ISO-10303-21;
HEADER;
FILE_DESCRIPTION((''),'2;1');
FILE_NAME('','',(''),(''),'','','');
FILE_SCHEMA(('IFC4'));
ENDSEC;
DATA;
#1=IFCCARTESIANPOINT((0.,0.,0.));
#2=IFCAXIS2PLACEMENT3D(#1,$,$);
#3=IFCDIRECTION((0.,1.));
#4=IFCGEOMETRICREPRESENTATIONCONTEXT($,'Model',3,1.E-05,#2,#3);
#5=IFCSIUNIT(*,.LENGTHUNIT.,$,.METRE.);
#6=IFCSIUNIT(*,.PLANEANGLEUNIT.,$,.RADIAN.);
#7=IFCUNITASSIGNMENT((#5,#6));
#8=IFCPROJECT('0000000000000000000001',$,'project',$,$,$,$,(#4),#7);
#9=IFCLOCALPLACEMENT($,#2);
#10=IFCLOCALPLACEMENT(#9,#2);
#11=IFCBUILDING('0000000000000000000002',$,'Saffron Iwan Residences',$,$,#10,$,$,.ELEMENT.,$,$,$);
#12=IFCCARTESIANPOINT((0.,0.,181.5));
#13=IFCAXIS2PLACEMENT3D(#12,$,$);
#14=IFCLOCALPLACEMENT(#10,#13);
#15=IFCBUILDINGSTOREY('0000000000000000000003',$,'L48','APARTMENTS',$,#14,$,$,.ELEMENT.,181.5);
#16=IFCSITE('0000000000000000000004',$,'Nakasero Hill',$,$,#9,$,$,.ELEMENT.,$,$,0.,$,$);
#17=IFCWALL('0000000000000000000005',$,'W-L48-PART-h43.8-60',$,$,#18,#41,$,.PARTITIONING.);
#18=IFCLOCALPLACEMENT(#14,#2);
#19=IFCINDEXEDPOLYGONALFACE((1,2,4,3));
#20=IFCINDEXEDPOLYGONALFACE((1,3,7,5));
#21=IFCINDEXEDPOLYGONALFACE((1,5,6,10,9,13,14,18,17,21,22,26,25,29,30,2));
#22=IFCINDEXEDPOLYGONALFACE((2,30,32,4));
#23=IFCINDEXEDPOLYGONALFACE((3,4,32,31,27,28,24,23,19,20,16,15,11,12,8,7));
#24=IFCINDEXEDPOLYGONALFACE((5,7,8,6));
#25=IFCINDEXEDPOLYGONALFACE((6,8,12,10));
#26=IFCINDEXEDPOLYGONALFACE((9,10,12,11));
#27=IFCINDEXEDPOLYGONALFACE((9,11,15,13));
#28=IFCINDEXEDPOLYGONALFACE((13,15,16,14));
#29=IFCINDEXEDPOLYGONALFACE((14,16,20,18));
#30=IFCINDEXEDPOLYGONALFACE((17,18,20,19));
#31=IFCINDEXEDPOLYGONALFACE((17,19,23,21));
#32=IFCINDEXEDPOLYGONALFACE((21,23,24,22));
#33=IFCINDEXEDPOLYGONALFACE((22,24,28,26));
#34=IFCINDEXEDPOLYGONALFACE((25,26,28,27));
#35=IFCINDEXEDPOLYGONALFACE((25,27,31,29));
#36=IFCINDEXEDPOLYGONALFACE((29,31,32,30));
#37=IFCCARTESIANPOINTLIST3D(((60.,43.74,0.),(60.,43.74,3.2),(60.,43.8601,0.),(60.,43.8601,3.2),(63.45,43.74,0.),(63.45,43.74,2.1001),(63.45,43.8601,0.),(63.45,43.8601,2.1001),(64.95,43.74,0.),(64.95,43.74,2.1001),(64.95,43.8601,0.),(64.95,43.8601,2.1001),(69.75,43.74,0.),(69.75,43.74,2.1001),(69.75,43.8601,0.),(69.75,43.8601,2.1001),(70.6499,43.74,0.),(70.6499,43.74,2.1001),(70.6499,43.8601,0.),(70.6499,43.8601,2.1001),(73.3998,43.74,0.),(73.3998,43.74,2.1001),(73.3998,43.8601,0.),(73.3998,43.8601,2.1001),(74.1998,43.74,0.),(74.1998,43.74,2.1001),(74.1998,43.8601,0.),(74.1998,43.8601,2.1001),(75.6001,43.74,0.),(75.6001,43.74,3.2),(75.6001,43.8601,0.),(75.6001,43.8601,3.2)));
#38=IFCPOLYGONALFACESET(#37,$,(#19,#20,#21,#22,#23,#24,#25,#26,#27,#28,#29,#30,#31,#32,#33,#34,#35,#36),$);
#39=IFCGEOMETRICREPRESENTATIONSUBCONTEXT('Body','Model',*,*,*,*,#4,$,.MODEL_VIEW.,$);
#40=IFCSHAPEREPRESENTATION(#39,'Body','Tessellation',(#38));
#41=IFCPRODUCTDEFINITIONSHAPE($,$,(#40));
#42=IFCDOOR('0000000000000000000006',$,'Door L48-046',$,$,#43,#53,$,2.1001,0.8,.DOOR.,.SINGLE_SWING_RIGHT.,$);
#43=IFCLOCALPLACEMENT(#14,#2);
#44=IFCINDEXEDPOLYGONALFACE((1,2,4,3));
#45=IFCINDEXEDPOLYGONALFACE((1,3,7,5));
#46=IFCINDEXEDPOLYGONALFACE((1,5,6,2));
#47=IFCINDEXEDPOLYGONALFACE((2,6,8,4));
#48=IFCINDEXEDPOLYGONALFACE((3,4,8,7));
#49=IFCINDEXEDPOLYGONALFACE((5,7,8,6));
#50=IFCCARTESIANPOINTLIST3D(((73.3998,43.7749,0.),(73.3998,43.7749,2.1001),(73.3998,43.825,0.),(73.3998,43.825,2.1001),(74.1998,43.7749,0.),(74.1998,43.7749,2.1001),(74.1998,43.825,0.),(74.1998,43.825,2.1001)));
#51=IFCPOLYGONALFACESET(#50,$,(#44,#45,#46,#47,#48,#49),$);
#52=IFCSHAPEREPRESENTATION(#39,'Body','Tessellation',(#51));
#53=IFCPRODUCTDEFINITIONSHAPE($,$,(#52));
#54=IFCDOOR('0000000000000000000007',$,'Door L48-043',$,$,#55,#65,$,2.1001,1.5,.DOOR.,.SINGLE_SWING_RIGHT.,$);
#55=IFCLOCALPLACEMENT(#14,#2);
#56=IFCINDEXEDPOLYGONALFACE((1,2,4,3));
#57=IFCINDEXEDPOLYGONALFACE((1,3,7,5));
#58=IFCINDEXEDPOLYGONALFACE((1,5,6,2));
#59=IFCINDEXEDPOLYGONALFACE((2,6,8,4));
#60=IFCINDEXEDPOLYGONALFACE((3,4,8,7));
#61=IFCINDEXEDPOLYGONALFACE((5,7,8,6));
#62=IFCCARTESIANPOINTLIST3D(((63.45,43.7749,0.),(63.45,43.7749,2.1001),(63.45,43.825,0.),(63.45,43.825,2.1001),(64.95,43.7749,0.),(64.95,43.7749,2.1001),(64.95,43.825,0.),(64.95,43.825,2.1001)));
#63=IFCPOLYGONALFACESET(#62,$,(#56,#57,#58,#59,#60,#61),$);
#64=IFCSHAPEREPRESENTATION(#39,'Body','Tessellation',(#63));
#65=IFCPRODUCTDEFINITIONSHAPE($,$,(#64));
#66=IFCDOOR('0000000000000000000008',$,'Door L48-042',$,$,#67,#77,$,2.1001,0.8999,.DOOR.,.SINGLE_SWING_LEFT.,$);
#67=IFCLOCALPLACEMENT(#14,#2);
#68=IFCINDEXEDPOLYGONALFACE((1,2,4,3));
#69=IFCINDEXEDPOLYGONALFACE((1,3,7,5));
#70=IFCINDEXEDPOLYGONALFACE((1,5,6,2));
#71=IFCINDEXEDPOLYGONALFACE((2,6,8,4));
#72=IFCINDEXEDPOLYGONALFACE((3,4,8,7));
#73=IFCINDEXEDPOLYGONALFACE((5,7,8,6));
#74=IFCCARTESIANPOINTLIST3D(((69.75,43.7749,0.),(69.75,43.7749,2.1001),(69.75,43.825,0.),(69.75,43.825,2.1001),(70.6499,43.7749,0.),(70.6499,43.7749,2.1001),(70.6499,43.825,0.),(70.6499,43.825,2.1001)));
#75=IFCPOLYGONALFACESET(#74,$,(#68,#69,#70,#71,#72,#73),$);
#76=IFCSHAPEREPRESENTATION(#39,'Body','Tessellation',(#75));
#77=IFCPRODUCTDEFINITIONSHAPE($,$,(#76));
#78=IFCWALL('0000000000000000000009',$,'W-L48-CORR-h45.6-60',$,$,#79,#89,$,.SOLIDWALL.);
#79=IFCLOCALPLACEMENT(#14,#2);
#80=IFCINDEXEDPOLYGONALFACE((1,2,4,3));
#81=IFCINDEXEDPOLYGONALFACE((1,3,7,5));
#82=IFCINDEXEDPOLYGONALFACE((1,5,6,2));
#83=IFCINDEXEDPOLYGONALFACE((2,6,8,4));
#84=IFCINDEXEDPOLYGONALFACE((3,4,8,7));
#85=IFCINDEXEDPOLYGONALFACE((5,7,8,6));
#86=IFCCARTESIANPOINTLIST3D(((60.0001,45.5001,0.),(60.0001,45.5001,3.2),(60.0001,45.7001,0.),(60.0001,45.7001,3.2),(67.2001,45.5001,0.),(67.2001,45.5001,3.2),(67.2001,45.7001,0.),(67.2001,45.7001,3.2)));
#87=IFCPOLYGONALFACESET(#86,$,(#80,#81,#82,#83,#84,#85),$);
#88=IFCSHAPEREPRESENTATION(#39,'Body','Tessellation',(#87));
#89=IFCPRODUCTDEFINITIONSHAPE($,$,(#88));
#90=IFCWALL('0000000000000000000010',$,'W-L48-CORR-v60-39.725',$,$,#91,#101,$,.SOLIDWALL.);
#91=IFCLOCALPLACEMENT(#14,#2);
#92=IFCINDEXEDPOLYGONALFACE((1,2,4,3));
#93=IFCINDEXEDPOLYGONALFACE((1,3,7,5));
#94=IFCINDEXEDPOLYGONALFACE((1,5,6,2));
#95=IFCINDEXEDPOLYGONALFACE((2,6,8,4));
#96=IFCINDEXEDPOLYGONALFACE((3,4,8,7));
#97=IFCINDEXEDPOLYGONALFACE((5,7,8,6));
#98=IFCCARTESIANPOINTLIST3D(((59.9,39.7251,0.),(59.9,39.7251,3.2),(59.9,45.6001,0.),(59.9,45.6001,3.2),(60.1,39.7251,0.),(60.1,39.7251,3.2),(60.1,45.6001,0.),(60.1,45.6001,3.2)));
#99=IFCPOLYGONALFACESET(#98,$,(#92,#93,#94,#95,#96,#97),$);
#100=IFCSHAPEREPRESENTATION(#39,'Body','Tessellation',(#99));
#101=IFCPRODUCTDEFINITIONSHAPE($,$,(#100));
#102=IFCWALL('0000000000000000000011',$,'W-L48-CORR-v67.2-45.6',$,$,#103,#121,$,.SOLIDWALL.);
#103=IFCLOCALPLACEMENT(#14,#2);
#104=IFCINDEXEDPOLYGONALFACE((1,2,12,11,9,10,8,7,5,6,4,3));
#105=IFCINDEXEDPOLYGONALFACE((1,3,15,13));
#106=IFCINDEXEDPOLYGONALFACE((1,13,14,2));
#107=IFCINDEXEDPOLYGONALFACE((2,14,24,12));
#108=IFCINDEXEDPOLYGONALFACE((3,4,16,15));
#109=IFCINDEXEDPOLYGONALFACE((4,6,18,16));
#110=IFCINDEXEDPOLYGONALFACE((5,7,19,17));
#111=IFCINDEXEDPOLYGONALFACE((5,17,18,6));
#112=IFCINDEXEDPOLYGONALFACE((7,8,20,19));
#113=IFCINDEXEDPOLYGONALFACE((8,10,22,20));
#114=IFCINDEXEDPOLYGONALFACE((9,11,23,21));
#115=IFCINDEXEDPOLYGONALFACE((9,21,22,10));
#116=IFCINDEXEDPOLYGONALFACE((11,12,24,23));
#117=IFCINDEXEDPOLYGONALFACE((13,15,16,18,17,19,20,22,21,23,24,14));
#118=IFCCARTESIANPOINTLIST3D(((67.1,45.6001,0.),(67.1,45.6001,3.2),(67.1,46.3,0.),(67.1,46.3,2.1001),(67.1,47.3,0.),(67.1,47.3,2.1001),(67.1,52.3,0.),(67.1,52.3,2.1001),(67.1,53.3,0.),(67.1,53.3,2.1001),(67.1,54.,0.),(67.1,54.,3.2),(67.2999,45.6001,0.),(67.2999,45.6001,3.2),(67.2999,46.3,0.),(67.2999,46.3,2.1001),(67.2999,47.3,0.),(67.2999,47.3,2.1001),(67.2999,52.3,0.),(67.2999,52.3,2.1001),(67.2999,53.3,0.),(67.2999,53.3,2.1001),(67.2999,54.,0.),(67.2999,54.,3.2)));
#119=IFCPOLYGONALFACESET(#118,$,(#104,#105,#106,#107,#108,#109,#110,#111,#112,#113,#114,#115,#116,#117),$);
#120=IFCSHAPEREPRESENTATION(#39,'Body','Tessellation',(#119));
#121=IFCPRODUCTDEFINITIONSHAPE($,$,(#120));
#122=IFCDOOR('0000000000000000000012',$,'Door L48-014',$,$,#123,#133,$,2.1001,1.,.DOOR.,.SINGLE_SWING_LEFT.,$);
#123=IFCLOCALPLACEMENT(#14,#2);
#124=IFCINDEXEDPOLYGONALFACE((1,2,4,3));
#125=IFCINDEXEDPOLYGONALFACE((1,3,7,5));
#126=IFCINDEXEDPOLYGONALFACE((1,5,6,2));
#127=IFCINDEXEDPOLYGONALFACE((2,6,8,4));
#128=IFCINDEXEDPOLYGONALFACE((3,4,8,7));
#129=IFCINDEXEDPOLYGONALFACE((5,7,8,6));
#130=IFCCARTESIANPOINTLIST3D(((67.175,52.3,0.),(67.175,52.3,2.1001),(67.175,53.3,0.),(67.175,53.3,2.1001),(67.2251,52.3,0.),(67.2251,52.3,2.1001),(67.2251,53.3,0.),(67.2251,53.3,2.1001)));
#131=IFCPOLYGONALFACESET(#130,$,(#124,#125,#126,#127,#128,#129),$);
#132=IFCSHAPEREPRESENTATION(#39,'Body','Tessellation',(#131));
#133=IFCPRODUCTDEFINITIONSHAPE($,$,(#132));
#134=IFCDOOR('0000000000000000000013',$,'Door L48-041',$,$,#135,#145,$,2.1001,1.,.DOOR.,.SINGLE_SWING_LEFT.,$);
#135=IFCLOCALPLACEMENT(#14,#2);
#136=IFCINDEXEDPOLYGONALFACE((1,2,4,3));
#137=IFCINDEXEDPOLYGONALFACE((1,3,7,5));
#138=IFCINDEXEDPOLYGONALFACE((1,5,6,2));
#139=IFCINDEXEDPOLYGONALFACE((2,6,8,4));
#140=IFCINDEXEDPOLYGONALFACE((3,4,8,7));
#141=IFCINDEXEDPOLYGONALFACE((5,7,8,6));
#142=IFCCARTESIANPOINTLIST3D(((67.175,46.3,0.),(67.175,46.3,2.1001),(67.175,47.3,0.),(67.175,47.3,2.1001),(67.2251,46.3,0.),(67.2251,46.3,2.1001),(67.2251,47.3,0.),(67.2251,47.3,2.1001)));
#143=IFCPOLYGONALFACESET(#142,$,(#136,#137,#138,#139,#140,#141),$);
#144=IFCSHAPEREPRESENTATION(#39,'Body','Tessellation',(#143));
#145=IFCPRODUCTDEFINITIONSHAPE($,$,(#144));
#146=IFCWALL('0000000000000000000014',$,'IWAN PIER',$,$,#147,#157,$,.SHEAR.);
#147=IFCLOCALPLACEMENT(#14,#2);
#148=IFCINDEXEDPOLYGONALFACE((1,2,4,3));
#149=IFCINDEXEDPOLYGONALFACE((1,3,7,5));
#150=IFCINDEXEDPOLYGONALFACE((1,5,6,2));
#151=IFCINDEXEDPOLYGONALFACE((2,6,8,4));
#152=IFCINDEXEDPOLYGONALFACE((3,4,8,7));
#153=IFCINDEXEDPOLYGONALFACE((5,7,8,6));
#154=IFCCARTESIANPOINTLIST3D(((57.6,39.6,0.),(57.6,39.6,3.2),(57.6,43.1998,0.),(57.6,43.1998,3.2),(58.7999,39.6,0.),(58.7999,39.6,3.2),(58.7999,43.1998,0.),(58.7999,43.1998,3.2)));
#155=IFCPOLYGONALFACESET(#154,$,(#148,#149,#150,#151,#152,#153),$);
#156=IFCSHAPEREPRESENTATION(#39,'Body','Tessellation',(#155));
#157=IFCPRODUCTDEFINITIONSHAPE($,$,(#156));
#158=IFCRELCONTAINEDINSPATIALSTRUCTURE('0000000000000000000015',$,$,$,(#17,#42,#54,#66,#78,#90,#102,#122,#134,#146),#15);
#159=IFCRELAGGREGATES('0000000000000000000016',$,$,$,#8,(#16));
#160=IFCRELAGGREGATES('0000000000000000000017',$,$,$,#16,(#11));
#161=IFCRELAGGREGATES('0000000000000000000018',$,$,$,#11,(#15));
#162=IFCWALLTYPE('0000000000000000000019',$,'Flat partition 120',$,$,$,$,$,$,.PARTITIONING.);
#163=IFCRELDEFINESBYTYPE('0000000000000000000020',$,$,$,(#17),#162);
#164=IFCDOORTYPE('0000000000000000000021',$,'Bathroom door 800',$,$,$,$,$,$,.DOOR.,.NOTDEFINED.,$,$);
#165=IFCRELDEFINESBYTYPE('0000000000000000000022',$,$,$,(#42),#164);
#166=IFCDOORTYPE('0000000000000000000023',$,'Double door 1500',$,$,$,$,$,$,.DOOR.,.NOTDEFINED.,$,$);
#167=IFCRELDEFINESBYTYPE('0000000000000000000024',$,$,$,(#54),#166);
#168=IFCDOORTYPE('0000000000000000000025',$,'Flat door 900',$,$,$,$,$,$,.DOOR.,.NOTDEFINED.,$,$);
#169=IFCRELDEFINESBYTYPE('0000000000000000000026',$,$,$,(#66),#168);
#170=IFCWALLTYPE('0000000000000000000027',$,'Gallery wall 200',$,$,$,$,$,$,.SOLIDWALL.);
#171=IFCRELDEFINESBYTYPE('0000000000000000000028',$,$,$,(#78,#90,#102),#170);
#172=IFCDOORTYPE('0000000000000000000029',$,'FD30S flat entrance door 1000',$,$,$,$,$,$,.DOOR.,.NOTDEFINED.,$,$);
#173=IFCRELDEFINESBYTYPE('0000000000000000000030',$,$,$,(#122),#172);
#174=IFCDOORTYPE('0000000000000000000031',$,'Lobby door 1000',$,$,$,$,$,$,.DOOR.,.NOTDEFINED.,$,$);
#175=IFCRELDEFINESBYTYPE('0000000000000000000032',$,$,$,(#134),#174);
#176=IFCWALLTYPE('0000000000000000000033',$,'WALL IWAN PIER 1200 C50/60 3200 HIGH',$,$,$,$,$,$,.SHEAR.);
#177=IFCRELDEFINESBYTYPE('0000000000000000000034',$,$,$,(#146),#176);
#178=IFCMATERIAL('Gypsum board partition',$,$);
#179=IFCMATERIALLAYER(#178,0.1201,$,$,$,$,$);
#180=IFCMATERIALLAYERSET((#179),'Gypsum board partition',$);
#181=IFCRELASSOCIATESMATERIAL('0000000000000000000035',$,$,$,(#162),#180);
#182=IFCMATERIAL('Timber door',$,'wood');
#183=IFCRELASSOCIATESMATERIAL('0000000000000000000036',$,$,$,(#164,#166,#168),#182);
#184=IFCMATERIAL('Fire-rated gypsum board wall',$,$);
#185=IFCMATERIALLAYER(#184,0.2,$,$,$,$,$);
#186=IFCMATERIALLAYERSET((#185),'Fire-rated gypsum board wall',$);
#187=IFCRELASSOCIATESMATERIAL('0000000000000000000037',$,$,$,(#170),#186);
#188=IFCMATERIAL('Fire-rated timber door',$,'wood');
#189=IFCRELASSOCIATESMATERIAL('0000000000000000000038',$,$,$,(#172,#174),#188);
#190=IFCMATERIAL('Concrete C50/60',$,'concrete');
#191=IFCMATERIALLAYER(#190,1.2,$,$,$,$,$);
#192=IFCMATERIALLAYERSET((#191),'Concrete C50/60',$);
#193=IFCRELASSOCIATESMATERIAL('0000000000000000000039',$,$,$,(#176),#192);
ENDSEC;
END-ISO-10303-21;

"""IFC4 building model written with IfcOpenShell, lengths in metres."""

from ifc_helpers import new_model, si_unit, direction, frame, frame_2d, origin, place, context, subcontext, project, spatial, rectangle, extrude, material, layer, layer_set, type_object, element, fill, save


model = new_model("IFC4")

# Units and contexts
model_context = context("Model", 3, precision=1e-05, world=origin(), true_north=direction((0.0, 1.0)))
body_context = subcontext(model_context, "Body", "Model", "MODEL_VIEW")
ifc_project = project(units=[si_unit("LENGTHUNIT", "METRE"), si_unit("PLANEANGLEUNIT", "RADIAN")], contexts=[model_context])

# Site, building, storey
site_placement = place(None, origin())
site = spatial("IfcSite", under=ifc_project, at=site_placement, Name="Nakasero Hill", CompositionType="ELEMENT", RefElevation=0.0)
building_placement = place(site_placement, origin())
building = spatial("IfcBuilding", under=site, at=building_placement, Name="Saffron Iwan Residences", CompositionType="ELEMENT")
storey_placement = place(building_placement, frame((0.0, 0.0, 181.5)))
storey = spatial("IfcBuildingStorey", under=building, at=storey_placement, Name="L48", Description="APARTMENTS", CompositionType="ELEMENT", Elevation=181.5)

# Shared definitions
ifc_material_1 = material(Name="Concrete C50/60", Category="concrete")

# Wall, openings, doors
ifc_material_2 = material(Name="Gypsum board partition")
ifc_layer_1 = layer(ifc_material_2, 0.1201)
ifc_layer_set_1 = layer_set([ifc_layer_1], Name="Gypsum board partition")
wall_type_1 = type_object("IfcWallType", Name="Flat partition 120", PredefinedType="PARTITIONING", material=ifc_layer_set_1)
wall_1_placement = place(storey_placement, frame((60.0, 43.8, 0.0), z_axis=(0.0, 0.0, 1.0), x_axis=(1.0, 0.0, 0.0)))
wall_1 = element("IfcWall", 1, at=wall_1_placement, inside=storey, type_object=wall_type_1, Name="W-L48-PART-h43.8-60", PredefinedType="PARTITIONING", context=body_context, shape_type="SweptSolid", body=[
    extrude(rectangle(XDim=15.6001, YDim=0.1201, at=frame_2d((7.8, 0.0))), origin(), (0.0, 0.0, 1.0), 3.2),
])
opening_1_placement = place(wall_1_placement, frame((9.75, 0.0, 0.0)))
opening_1 = element("IfcOpeningElement", 2, at=opening_1_placement, cuts=wall_1, PredefinedType="OPENING", context=body_context, shape_type="SweptSolid", body=[
    extrude(rectangle(XDim=0.8999, YDim=2.1001, at=frame_2d((0.45, 1.05))), frame((0.0, 0.0701, 0.0), z_axis=(0.0, -1.0, 0.0), x_axis=(1.0, 0.0, 0.0)), (0.0, 0.0, 1.0), 0.1401),
])
opening_2_placement = place(wall_1_placement, frame((3.45, 0.0, 0.0)))
opening_2 = element("IfcOpeningElement", 3, at=opening_2_placement, cuts=wall_1, PredefinedType="OPENING", context=body_context, shape_type="SweptSolid", body=[
    extrude(rectangle(XDim=1.5, YDim=2.1001, at=frame_2d((0.75, 1.05))), frame((0.0, 0.0701, 0.0), z_axis=(0.0, -1.0, 0.0), x_axis=(1.0, 0.0, 0.0)), (0.0, 0.0, 1.0), 0.1401),
])
opening_3_placement = place(wall_1_placement, frame((13.3999, 0.0, 0.0)))
opening_3 = element("IfcOpeningElement", 4, at=opening_3_placement, cuts=wall_1, PredefinedType="OPENING", context=body_context, shape_type="SweptSolid", body=[
    extrude(rectangle(XDim=0.8, YDim=2.1001, at=frame_2d((0.3999, 1.05))), frame((0.0, 0.0701, 0.0), z_axis=(0.0, -1.0, 0.0), x_axis=(1.0, 0.0, 0.0)), (0.0, 0.0, 1.0), 0.1401),
])
ifc_material_3 = material(Name="Timber door", Category="wood")
door_type_1 = type_object("IfcDoorType", Name="Bathroom door 800", OperationType="NOTDEFINED", PredefinedType="DOOR", material=ifc_material_3)
door_1_placement = place(opening_3_placement, origin())
door_1 = element("IfcDoor", 5, at=door_1_placement, inside=storey, type_object=door_type_1, Name="Door L48-046", OperationType="SINGLE_SWING_RIGHT", OverallHeight=2.1001, OverallWidth=0.8, PredefinedType="DOOR", context=body_context, shape_type="SweptSolid", body=[
    extrude(rectangle(XDim=0.8, YDim=2.1001, at=frame_2d((0.3999, 1.05))), frame((0.0, 0.0249, 0.0), z_axis=(0.0, -1.0, 0.0), x_axis=(1.0, 0.0, 0.0)), (0.0, 0.0, 1.0), 0.05),
])
fill(opening_3, door_1)
door_type_2 = type_object("IfcDoorType", Name="Double door 1500", OperationType="NOTDEFINED", PredefinedType="DOOR", material=ifc_material_3)
door_2_placement = place(opening_2_placement, origin())
door_2 = element("IfcDoor", 6, at=door_2_placement, inside=storey, type_object=door_type_2, Name="Door L48-043", OperationType="SINGLE_SWING_RIGHT", OverallHeight=2.1001, OverallWidth=1.5, PredefinedType="DOOR", context=body_context, shape_type="SweptSolid", body=[
    extrude(rectangle(XDim=1.5, YDim=2.1001, at=frame_2d((0.75, 1.05))), frame((0.0, 0.0249, 0.0), z_axis=(0.0, -1.0, 0.0), x_axis=(1.0, 0.0, 0.0)), (0.0, 0.0, 1.0), 0.05),
])
fill(opening_2, door_2)
door_type_3 = type_object("IfcDoorType", Name="Flat door 900", OperationType="NOTDEFINED", PredefinedType="DOOR", material=ifc_material_3)
door_3_placement = place(opening_1_placement, origin())
door_3 = element("IfcDoor", 7, at=door_3_placement, inside=storey, type_object=door_type_3, Name="Door L48-042", OperationType="SINGLE_SWING_LEFT", OverallHeight=2.1001, OverallWidth=0.8999, PredefinedType="DOOR", context=body_context, shape_type="SweptSolid", body=[
    extrude(rectangle(XDim=0.8999, YDim=2.1001, at=frame_2d((0.45, 1.05))), frame((0.0, 0.0249, 0.0), z_axis=(0.0, -1.0, 0.0), x_axis=(1.0, 0.0, 0.0)), (0.0, 0.0, 1.0), 0.05),
])
fill(opening_1, door_3)

# Walls
ifc_material_4 = material(Name="Fire-rated gypsum board wall")
ifc_layer_2 = layer(ifc_material_4, 0.2)
ifc_layer_set_2 = layer_set([ifc_layer_2], Name="Fire-rated gypsum board wall")
wall_type_2 = type_object("IfcWallType", Name="Gallery wall 200", PredefinedType="SOLIDWALL", material=ifc_layer_set_2)
wall_2_placement = place(storey_placement, frame((60.0, 45.6001, 0.0), z_axis=(0.0, 0.0, 1.0), x_axis=(1.0, 0.0, 0.0)))
element("IfcWall", 8, at=wall_2_placement, inside=storey, type_object=wall_type_2, Name="W-L48-CORR-h45.6-60", PredefinedType="SOLIDWALL", context=body_context, shape_type="SweptSolid", body=[
    extrude(rectangle(XDim=7.2, YDim=0.2, at=frame_2d((3.6001, 0.0))), origin(), (0.0, 0.0, 1.0), 3.2),
])
wall_3_placement = place(storey_placement, frame((60.0, 39.7251, 0.0), z_axis=(0.0, 0.0, 1.0), x_axis=(0.0, 1.0, 0.0)))
element("IfcWall", 9, at=wall_3_placement, inside=storey, type_object=wall_type_2, Name="W-L48-CORR-v60-39.725", PredefinedType="SOLIDWALL", context=body_context, shape_type="SweptSolid", body=[
    extrude(rectangle(XDim=5.875, YDim=0.2, at=frame_2d((2.9375, 0.0))), origin(), (0.0, 0.0, 1.0), 3.2),
])

# Wall, openings, doors
wall_4_placement = place(storey_placement, frame((67.2, 45.6001, 0.0), z_axis=(0.0, 0.0, 1.0), x_axis=(0.0, 1.0, 0.0)))
wall_4 = element("IfcWall", 10, at=wall_4_placement, inside=storey, type_object=wall_type_2, Name="W-L48-CORR-v67.2-45.6", PredefinedType="SOLIDWALL", context=body_context, shape_type="SweptSolid", body=[
    extrude(rectangle(XDim=8.3999, YDim=0.2, at=frame_2d((4.2, 0.0))), origin(), (0.0, 0.0, 1.0), 3.2),
])
opening_4_placement = place(wall_4_placement, frame((6.7, 0.0, 0.0)))
opening_4 = element("IfcOpeningElement", 11, at=opening_4_placement, cuts=wall_4, PredefinedType="OPENING", context=body_context, shape_type="SweptSolid", body=[
    extrude(rectangle(XDim=1.0, YDim=2.1001, at=frame_2d((0.5, 1.05))), frame((0.0, 0.1099, 0.0), z_axis=(0.0, -1.0, 0.0), x_axis=(1.0, 0.0, 0.0)), (0.0, 0.0, 1.0), 0.22),
])
opening_5_placement = place(wall_4_placement, frame((0.7, 0.0, 0.0)))
opening_5 = element("IfcOpeningElement", 12, at=opening_5_placement, cuts=wall_4, PredefinedType="OPENING", context=body_context, shape_type="SweptSolid", body=[
    extrude(rectangle(XDim=1.0, YDim=2.1001, at=frame_2d((0.5, 1.05))), frame((0.0, 0.1099, 0.0), z_axis=(0.0, -1.0, 0.0), x_axis=(1.0, 0.0, 0.0)), (0.0, 0.0, 1.0), 0.22),
])
ifc_material_5 = material(Name="Fire-rated timber door", Category="wood")
door_type_4 = type_object("IfcDoorType", Name="FD30S flat entrance door 1000", OperationType="NOTDEFINED", PredefinedType="DOOR", material=ifc_material_5)
door_4_placement = place(opening_4_placement, origin())
door_4 = element("IfcDoor", 13, at=door_4_placement, inside=storey, type_object=door_type_4, Name="Door L48-014", OperationType="SINGLE_SWING_LEFT", OverallHeight=2.1001, OverallWidth=1.0, PredefinedType="DOOR", context=body_context, shape_type="SweptSolid", body=[
    extrude(rectangle(XDim=1.0, YDim=2.1001, at=frame_2d((0.5, 1.05))), frame((0.0, 0.0249, 0.0), z_axis=(0.0, -1.0, 0.0), x_axis=(1.0, 0.0, 0.0)), (0.0, 0.0, 1.0), 0.05),
])
fill(opening_4, door_4)
door_type_5 = type_object("IfcDoorType", Name="Lobby door 1000", OperationType="NOTDEFINED", PredefinedType="DOOR", material=ifc_material_5)
door_5_placement = place(opening_5_placement, origin())
door_5 = element("IfcDoor", 14, at=door_5_placement, inside=storey, type_object=door_type_5, Name="Door L48-041", OperationType="SINGLE_SWING_LEFT", OverallHeight=2.1001, OverallWidth=1.0, PredefinedType="DOOR", context=body_context, shape_type="SweptSolid", body=[
    extrude(rectangle(XDim=1.0, YDim=2.1001, at=frame_2d((0.5, 1.05))), frame((0.0, 0.0249, 0.0), z_axis=(0.0, -1.0, 0.0), x_axis=(1.0, 0.0, 0.0)), (0.0, 0.0, 1.0), 0.05),
])
fill(opening_5, door_5)

# Wall
ifc_layer_3 = layer(ifc_material_1, 1.2)
ifc_layer_set_3 = layer_set([ifc_layer_3], Name="Concrete C50/60")
wall_type_3 = type_object("IfcWallType", Name="WALL IWAN PIER 1200 C50/60 3200 HIGH", PredefinedType="SHEAR", material=ifc_layer_set_3)
wall_5_placement = place(storey_placement, frame((58.2, 39.6001, 0.0), z_axis=(0.0, 0.0, 1.0), x_axis=(0.0, 1.0, 0.0)))
element("IfcWall", 15, at=wall_5_placement, inside=storey, type_object=wall_type_3, Name="IWAN PIER", PredefinedType="SHEAR", context=body_context, shape_type="SweptSolid", body=[
    extrude(rectangle(XDim=3.5999, YDim=1.2, at=frame_2d((1.7998, 0.0))), origin(), (0.0, 0.0, 1.0), 3.2),
])

save(model, "model.ifc")
